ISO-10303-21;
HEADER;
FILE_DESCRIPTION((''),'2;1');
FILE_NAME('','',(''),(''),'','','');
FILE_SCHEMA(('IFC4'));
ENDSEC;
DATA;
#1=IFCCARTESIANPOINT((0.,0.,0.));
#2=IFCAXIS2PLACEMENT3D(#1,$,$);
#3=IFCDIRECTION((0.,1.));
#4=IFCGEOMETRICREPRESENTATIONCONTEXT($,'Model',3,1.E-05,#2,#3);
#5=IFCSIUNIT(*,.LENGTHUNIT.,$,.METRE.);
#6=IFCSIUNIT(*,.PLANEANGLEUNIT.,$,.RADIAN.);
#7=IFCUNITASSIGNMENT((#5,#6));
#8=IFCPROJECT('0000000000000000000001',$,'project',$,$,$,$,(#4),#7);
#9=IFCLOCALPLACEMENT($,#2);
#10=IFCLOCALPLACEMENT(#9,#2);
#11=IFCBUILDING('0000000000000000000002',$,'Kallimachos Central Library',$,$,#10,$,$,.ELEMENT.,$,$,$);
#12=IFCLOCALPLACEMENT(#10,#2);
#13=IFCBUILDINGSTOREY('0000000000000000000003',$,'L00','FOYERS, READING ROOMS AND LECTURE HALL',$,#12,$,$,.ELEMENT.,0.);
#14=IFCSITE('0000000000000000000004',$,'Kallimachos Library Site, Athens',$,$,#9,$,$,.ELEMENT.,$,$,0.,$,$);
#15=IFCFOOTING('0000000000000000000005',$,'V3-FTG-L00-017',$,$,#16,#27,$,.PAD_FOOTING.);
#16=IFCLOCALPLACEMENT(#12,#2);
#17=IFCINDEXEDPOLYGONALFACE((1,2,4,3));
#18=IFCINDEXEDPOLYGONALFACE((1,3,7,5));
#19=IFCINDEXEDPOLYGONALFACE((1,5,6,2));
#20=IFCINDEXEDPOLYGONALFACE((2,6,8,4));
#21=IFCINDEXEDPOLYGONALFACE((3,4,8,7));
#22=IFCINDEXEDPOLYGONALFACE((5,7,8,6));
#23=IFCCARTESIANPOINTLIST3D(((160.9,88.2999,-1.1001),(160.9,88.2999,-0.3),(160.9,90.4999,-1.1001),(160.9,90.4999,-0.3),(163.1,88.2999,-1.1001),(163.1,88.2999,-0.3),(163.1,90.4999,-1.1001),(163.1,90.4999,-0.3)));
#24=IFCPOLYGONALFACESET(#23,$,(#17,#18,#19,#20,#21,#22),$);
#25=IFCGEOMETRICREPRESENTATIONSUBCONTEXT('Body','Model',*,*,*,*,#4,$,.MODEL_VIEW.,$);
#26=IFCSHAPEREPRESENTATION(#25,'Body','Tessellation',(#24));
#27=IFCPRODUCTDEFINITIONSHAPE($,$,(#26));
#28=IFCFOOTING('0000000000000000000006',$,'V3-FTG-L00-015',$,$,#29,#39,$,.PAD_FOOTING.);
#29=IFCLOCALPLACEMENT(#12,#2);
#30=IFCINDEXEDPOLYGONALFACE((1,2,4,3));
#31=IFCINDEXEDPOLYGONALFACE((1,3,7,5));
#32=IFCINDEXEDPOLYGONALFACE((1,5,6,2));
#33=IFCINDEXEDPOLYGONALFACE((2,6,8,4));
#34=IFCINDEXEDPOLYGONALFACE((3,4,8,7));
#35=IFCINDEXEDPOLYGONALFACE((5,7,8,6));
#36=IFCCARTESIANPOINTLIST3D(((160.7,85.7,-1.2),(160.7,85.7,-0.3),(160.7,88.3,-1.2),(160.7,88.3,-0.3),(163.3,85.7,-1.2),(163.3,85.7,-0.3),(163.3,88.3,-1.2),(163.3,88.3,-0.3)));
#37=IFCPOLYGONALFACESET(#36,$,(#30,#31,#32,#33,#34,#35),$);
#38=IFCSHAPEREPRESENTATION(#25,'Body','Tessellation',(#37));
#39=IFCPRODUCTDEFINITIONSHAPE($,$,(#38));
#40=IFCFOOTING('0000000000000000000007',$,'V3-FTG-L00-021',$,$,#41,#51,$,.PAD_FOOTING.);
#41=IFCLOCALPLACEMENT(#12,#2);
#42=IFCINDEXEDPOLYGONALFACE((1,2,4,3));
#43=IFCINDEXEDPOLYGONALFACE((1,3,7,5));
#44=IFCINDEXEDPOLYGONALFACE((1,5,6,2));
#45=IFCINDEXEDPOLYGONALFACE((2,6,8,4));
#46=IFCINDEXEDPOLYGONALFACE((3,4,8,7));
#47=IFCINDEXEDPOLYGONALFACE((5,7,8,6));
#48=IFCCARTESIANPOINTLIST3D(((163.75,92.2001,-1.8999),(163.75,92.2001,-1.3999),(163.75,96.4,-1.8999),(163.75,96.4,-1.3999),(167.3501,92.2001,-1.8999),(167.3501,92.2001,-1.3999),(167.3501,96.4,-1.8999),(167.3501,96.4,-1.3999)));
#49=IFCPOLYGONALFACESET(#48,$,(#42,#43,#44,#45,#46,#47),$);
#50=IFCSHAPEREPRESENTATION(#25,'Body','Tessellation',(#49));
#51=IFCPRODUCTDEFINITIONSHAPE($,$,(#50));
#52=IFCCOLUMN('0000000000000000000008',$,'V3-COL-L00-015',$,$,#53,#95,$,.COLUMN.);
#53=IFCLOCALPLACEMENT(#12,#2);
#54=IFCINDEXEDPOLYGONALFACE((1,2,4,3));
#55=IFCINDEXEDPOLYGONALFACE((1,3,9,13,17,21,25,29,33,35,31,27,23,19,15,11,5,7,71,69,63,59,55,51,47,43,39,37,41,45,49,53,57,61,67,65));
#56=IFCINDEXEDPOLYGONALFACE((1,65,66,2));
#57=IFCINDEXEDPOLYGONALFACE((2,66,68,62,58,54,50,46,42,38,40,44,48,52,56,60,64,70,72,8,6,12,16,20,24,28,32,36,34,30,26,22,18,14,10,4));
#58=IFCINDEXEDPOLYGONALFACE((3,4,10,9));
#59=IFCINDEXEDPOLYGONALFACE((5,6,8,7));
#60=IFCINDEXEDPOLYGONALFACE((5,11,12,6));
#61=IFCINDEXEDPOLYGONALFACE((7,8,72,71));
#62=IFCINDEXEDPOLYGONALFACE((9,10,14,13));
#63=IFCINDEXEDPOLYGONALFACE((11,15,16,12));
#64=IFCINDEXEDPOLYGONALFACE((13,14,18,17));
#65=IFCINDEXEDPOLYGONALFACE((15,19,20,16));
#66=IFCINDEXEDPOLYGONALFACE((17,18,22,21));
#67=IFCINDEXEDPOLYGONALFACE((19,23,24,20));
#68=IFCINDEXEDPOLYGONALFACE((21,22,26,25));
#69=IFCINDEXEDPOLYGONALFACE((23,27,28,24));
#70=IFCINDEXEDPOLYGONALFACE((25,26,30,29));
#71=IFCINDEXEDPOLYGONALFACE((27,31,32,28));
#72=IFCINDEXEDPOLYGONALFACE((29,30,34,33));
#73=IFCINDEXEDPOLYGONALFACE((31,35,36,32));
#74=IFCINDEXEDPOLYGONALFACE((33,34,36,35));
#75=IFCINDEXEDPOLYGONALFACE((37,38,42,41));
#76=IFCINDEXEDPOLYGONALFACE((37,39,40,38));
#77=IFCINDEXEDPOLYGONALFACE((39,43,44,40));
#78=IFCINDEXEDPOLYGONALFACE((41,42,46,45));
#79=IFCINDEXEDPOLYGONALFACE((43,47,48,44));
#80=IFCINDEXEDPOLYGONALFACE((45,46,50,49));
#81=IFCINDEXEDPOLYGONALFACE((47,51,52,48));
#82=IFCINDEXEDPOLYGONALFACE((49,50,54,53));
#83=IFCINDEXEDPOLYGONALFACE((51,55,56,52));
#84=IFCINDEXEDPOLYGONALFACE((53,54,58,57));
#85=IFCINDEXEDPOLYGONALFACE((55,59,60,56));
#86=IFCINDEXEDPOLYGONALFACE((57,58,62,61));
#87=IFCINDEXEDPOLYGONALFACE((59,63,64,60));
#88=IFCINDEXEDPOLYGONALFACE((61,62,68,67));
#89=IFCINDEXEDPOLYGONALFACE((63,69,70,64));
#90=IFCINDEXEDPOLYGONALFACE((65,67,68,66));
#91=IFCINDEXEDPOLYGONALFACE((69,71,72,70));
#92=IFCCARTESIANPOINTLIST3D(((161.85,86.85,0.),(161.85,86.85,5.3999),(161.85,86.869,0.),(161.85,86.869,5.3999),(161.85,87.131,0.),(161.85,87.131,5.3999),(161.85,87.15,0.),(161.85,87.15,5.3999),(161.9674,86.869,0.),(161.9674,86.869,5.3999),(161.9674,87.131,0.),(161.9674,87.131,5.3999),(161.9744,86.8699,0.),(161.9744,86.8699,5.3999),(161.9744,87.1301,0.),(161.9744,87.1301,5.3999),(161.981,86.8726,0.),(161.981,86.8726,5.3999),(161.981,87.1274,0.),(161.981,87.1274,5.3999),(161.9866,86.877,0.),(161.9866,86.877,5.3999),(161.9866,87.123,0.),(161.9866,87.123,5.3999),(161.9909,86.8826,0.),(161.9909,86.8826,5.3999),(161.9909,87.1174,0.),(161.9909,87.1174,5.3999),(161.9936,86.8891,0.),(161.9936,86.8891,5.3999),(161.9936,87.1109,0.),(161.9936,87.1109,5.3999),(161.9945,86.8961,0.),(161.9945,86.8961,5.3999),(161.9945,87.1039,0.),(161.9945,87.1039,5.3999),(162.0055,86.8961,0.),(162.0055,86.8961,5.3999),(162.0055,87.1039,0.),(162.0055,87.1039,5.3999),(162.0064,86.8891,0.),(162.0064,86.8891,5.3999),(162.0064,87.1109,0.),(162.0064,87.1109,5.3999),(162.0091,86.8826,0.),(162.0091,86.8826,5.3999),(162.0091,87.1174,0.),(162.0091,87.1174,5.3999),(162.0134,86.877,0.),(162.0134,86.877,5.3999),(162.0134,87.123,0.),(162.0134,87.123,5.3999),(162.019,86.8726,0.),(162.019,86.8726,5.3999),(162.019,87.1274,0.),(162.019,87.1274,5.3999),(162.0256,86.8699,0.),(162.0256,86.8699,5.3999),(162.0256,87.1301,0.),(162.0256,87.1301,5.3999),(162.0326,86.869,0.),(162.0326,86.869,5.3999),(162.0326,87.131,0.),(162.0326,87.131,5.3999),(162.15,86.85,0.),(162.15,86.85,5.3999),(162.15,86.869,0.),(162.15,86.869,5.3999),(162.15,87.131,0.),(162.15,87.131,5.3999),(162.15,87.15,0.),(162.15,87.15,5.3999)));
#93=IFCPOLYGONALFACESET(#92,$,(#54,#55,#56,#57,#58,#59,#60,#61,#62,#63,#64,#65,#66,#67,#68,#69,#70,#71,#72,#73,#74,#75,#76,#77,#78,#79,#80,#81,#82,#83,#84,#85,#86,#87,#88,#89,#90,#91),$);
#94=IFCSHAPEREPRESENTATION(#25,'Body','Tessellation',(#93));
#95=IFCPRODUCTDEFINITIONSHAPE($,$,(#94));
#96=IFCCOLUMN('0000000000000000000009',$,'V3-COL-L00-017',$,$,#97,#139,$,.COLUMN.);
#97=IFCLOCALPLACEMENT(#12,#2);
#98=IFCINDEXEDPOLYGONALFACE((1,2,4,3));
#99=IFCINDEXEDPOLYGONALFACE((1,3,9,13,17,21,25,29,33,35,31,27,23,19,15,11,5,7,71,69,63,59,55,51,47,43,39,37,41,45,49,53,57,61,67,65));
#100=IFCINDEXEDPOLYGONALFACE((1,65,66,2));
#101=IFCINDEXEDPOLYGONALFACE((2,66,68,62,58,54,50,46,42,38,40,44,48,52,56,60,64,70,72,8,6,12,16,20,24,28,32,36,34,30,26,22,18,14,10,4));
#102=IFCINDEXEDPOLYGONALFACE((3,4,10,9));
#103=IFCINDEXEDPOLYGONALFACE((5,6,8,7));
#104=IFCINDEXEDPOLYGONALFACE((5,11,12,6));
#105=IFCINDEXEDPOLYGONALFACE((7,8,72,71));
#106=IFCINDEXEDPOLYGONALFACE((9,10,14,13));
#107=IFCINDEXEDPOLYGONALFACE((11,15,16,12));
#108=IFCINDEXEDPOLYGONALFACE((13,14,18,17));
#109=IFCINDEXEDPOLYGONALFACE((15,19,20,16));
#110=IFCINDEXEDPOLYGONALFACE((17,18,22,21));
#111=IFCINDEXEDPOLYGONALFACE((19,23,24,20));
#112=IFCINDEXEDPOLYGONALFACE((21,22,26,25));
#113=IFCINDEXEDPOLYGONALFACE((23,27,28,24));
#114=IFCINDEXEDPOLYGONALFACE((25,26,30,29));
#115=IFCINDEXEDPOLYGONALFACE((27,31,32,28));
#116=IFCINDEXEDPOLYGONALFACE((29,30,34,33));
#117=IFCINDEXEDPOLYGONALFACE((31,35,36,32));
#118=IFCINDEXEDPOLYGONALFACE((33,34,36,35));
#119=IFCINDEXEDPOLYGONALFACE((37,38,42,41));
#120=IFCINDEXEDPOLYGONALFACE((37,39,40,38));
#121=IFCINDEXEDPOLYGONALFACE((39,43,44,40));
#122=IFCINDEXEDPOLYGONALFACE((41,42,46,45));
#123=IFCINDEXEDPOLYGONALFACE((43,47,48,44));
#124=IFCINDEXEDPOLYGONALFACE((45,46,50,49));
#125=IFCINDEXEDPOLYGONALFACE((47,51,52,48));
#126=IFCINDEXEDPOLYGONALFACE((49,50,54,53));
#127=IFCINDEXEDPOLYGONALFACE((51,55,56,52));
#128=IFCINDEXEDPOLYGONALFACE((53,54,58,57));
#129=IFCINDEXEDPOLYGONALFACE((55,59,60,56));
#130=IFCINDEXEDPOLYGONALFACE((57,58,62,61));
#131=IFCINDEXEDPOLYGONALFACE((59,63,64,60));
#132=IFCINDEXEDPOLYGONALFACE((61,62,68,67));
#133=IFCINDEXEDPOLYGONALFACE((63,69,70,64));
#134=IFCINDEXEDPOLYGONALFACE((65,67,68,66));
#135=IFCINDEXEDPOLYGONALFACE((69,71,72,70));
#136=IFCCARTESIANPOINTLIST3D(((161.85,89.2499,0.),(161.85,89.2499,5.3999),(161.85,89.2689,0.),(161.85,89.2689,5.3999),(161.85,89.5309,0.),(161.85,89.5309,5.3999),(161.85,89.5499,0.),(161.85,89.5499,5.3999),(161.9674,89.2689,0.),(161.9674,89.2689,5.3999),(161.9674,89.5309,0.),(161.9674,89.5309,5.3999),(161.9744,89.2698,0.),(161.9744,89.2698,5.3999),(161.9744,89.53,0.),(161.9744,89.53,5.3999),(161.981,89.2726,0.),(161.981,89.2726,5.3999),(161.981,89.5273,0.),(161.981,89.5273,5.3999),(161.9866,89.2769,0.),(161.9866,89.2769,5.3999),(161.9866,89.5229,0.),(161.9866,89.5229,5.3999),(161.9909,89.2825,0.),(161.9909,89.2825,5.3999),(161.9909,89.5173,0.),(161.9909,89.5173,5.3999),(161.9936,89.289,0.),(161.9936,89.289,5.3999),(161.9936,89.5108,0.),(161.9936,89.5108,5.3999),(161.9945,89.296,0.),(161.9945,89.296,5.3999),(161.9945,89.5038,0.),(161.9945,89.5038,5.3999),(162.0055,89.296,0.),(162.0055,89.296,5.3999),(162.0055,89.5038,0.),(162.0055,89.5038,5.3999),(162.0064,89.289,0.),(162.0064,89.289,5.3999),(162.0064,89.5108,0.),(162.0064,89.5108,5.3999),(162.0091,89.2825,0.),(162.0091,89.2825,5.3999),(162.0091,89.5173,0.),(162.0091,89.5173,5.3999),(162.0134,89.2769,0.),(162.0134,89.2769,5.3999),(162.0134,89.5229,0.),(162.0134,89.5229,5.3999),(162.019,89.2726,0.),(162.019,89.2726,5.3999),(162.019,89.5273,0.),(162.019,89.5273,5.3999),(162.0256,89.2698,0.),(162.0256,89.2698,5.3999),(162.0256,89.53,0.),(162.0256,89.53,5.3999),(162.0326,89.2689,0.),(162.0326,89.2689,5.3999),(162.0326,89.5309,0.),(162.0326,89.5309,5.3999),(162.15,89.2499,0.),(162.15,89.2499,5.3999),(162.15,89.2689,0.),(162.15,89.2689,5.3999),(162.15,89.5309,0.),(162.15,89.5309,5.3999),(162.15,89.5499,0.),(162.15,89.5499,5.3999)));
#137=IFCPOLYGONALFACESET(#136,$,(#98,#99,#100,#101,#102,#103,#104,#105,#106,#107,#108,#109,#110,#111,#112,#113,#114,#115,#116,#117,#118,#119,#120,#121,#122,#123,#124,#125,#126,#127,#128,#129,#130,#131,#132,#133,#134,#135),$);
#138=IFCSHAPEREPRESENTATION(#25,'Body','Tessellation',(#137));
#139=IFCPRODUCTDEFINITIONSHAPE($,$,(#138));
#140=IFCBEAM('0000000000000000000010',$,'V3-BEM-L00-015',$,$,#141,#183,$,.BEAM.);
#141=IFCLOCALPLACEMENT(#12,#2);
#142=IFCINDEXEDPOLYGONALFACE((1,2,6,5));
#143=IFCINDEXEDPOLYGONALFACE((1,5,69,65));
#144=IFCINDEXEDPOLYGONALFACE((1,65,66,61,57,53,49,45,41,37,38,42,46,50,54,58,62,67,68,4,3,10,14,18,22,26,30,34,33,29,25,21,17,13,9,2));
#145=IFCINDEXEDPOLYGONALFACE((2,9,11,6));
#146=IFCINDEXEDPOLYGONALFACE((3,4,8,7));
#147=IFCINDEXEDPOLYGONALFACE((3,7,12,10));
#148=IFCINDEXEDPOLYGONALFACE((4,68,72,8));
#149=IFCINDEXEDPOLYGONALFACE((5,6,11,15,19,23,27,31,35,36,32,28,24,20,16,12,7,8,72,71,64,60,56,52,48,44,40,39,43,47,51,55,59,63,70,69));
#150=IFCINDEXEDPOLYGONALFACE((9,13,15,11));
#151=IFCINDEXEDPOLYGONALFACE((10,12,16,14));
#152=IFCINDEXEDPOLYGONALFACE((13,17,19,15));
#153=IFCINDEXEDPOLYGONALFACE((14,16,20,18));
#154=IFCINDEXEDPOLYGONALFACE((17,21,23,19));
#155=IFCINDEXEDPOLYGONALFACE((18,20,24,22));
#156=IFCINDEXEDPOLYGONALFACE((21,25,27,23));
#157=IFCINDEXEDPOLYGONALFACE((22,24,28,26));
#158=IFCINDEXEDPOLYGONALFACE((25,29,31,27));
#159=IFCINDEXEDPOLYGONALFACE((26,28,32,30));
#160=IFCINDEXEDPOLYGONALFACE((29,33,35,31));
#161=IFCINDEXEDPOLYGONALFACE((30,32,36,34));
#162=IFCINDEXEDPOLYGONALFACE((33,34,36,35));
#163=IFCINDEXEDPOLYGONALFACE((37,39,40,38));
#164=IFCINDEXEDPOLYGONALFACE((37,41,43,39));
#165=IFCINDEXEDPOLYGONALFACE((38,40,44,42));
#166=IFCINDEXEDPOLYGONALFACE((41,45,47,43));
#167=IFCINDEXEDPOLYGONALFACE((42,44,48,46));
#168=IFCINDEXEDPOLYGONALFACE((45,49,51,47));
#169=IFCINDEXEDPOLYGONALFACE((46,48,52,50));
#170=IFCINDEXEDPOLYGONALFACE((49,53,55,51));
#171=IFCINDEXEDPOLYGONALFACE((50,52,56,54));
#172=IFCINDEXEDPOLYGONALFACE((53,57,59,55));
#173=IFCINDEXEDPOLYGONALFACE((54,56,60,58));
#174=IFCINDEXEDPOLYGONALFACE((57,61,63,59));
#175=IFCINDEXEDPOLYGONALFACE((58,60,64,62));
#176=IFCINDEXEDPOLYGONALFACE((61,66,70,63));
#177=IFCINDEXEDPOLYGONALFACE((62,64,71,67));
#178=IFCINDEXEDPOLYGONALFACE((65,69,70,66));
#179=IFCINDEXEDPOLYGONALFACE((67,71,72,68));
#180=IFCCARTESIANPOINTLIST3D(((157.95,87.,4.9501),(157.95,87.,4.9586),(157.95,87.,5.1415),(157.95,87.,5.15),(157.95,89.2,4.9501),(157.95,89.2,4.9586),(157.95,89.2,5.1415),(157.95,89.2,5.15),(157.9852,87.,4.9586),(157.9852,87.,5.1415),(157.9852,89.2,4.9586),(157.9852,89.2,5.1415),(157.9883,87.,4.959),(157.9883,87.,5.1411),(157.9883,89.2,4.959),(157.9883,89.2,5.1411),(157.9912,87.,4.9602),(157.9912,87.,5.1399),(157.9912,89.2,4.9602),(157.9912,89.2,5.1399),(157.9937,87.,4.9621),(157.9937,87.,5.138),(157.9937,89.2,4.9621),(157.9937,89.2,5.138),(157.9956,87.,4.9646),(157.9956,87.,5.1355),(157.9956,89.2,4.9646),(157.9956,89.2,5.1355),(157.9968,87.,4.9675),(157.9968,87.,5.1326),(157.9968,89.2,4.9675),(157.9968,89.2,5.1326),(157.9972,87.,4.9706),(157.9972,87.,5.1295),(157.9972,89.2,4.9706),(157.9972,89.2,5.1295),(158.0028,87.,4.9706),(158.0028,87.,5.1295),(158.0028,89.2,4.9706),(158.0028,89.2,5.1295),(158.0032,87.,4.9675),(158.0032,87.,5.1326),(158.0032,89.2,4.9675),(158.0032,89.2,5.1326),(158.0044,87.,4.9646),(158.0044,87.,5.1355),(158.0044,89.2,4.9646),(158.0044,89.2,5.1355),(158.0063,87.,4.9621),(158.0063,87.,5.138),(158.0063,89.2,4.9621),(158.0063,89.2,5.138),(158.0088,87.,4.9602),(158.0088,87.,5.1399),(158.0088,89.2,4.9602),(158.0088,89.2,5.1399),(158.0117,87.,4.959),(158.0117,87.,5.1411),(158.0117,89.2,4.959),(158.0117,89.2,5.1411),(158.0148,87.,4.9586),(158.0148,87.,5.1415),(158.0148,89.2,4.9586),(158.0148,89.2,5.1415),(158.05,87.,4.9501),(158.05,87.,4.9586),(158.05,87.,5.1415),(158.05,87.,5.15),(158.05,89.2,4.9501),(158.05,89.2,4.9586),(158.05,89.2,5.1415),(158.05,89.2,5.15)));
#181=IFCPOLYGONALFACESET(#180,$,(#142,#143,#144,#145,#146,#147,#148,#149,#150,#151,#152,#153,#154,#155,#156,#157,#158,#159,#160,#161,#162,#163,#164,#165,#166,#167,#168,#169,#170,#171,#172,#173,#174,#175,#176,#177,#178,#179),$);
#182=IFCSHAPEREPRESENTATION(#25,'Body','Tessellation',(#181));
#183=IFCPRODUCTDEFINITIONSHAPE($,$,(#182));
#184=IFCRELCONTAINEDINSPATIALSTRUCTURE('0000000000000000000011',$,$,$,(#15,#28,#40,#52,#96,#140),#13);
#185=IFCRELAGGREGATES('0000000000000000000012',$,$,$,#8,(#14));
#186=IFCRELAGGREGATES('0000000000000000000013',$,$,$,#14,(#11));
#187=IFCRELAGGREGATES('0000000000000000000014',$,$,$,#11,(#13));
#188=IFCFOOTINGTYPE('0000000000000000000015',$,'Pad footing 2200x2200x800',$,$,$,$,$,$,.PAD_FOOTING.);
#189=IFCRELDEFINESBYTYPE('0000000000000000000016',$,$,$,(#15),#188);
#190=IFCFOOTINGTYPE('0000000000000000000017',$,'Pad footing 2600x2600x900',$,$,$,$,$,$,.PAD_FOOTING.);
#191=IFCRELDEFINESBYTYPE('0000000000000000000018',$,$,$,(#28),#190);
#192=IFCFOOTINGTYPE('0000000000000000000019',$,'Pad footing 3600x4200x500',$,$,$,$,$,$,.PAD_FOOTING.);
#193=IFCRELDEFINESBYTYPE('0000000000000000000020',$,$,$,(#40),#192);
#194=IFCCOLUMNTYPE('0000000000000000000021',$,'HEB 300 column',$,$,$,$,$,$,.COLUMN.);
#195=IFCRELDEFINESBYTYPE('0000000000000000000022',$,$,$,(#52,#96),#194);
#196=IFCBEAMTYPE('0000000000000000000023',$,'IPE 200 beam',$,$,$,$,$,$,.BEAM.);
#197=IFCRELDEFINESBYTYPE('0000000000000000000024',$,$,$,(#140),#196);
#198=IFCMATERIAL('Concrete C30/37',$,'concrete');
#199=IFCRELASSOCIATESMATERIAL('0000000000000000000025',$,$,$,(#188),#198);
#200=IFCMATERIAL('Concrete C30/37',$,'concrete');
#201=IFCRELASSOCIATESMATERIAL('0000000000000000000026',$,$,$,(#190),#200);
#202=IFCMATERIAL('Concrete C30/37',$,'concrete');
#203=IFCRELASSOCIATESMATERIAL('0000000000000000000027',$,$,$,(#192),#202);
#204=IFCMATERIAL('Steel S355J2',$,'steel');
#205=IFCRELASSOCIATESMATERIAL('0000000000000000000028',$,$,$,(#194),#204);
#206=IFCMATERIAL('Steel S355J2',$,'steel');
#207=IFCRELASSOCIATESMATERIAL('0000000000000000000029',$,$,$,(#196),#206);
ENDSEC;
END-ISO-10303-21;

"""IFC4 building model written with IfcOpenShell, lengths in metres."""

from ifc_helpers import new_model, si_unit, direction, frame, origin, origin_2d, place, context, subcontext, project, spatial, rectangle, i_section, extrude, material, material_profile, profile_set, type_object, element, save


model = new_model("IFC4")

# Units and contexts
model_context = context("Model", 3, precision=1e-05, world=origin(), true_north=direction((0.0, 1.0)))
body_context = subcontext(model_context, "Body", "Model", "MODEL_VIEW")
ifc_project = project(units=[si_unit("LENGTHUNIT", "METRE"), si_unit("PLANEANGLEUNIT", "RADIAN")], contexts=[model_context])

# Site, building, storey
site_placement = place(None, origin())
site = spatial("IfcSite", under=ifc_project, at=site_placement, Name="Kallimachos Library Site, Athens", CompositionType="ELEMENT", RefElevation=0.0)
building_placement = place(site_placement, origin())
building = spatial("IfcBuilding", under=site, at=building_placement, Name="Kallimachos Central Library", CompositionType="ELEMENT")
storey_placement = place(building_placement, origin())
storey = spatial("IfcBuildingStorey", under=building, at=storey_placement, Name="L00", Description="FOYERS, READING ROOMS AND LECTURE HALL", CompositionType="ELEMENT", Elevation=0.0)

# Footings
ifc_material_1 = material(Name="Concrete C30/37", Category="concrete")
footing_type_1 = type_object("IfcFootingType", Name="Pad footing 2200x2200x800", PredefinedType="PAD_FOOTING", material=ifc_material_1)
footing_1_placement = place(storey_placement, frame((162.0, 89.3999, -1.1001), z_axis=(0.0, 0.0, 1.0), x_axis=(1.0, 0.0, 0.0)))
element("IfcFooting", 1, at=footing_1_placement, inside=storey, type_object=footing_type_1, Name="V3-FTG-L00-017", PredefinedType="PAD_FOOTING", context=body_context, shape_type="SweptSolid", body=[
    extrude(rectangle(XDim=2.2, YDim=2.2, at=origin_2d()), origin(), (0.0, 0.0, 1.0), 0.8),
])
ifc_material_2 = material(Name="Concrete C30/37", Category="concrete")
footing_type_2 = type_object("IfcFootingType", Name="Pad footing 2600x2600x900", PredefinedType="PAD_FOOTING", material=ifc_material_2)
footing_2_placement = place(storey_placement, frame((162.0, 87.0, -1.2), z_axis=(0.0, 0.0, 1.0), x_axis=(1.0, 0.0, 0.0)))
element("IfcFooting", 2, at=footing_2_placement, inside=storey, type_object=footing_type_2, Name="V3-FTG-L00-015", PredefinedType="PAD_FOOTING", context=body_context, shape_type="SweptSolid", body=[
    extrude(rectangle(XDim=2.6001, YDim=2.6001, at=origin_2d()), origin(), (0.0, 0.0, 1.0), 0.8999),
])
ifc_material_3 = material(Name="Concrete C30/37", Category="concrete")
footing_type_3 = type_object("IfcFootingType", Name="Pad footing 3600x4200x500", PredefinedType="PAD_FOOTING", material=ifc_material_3)
footing_3_placement = place(storey_placement, frame((165.55, 94.3, -1.8999), z_axis=(0.0, 0.0, 1.0), x_axis=(1.0, 0.0, 0.0)))
element("IfcFooting", 3, at=footing_3_placement, inside=storey, type_object=footing_type_3, Name="V3-FTG-L00-021", PredefinedType="PAD_FOOTING", context=body_context, shape_type="SweptSolid", body=[
    extrude(rectangle(XDim=3.6001, YDim=4.2, at=origin_2d()), origin(), (0.0, 0.0, 1.0), 0.5),
])

# Columns
ifc_material_4 = material(Name="Steel S355J2", Category="steel")
ifc_material_profile_1 = material_profile(ifc_material_4, i_section(OverallWidth=0.3, OverallDepth=0.3, WebThickness=0.011, FlangeThickness=0.019, FilletRadius=0.0271, at=origin_2d()), Name="HEB 300")
ifc_profile_set_1 = profile_set([ifc_material_profile_1], Name="Steel S355J2")
column_type = type_object("IfcColumnType", Name="HEB 300 column", PredefinedType="COLUMN", material=ifc_profile_set_1)
for number, where, z_axis, x_axis, name in (
    (4, (162.0, 87.0, 0.0), (0.0, 0.0, 1.0), (1.0, 0.0, 0.0), "V3-COL-L00-015"),
    (5, (162.0, 89.3999, 0.0), (0.0, 0.0, 1.0), (1.0, 0.0, 0.0), "V3-COL-L00-017"),
):
    element("IfcColumn", number, at=place(storey_placement, frame(where, z_axis=z_axis, x_axis=x_axis)), inside=storey, type_object=column_type, Name=name, PredefinedType="COLUMN", context=body_context, shape_type="SweptSolid", body=[
        extrude(i_section(OverallWidth=0.3, OverallDepth=0.3, WebThickness=0.011, FlangeThickness=0.019, FilletRadius=0.0271, at=origin_2d()), origin(), (0.0, 0.0, 1.0), 5.3999),
    ])

# Beam
ifc_material_5 = material(Name="Steel S355J2", Category="steel")
ifc_material_profile_2 = material_profile(ifc_material_5, i_section(OverallWidth=0.1001, OverallDepth=0.2, WebThickness=0.0056, FlangeThickness=0.0085, FilletRadius=0.012, at=origin_2d()), Name="IPE 200")
ifc_profile_set_2 = profile_set([ifc_material_profile_2], Name="Steel S355J2")
beam_type = type_object("IfcBeamType", Name="IPE 200 beam", PredefinedType="BEAM", material=ifc_profile_set_2)
for number, where, z_axis, x_axis, name in (
    (6, (158.0, 87.0, 5.05), (0.0, 1.0, 0.0), (-1.0, 0.0, 0.0), "V3-BEM-L00-015"),
):
    element("IfcBeam", number, at=place(storey_placement, frame(where, z_axis=z_axis, x_axis=x_axis)), inside=storey, type_object=beam_type, Name=name, PredefinedType="BEAM", context=body_context, shape_type="SweptSolid", body=[
        extrude(i_section(OverallWidth=0.1001, OverallDepth=0.2, WebThickness=0.0056, FlangeThickness=0.0085, FilletRadius=0.012, at=origin_2d()), origin(), (0.0, 0.0, 1.0), 2.2),
    ])

save(model, "model.ifc")
